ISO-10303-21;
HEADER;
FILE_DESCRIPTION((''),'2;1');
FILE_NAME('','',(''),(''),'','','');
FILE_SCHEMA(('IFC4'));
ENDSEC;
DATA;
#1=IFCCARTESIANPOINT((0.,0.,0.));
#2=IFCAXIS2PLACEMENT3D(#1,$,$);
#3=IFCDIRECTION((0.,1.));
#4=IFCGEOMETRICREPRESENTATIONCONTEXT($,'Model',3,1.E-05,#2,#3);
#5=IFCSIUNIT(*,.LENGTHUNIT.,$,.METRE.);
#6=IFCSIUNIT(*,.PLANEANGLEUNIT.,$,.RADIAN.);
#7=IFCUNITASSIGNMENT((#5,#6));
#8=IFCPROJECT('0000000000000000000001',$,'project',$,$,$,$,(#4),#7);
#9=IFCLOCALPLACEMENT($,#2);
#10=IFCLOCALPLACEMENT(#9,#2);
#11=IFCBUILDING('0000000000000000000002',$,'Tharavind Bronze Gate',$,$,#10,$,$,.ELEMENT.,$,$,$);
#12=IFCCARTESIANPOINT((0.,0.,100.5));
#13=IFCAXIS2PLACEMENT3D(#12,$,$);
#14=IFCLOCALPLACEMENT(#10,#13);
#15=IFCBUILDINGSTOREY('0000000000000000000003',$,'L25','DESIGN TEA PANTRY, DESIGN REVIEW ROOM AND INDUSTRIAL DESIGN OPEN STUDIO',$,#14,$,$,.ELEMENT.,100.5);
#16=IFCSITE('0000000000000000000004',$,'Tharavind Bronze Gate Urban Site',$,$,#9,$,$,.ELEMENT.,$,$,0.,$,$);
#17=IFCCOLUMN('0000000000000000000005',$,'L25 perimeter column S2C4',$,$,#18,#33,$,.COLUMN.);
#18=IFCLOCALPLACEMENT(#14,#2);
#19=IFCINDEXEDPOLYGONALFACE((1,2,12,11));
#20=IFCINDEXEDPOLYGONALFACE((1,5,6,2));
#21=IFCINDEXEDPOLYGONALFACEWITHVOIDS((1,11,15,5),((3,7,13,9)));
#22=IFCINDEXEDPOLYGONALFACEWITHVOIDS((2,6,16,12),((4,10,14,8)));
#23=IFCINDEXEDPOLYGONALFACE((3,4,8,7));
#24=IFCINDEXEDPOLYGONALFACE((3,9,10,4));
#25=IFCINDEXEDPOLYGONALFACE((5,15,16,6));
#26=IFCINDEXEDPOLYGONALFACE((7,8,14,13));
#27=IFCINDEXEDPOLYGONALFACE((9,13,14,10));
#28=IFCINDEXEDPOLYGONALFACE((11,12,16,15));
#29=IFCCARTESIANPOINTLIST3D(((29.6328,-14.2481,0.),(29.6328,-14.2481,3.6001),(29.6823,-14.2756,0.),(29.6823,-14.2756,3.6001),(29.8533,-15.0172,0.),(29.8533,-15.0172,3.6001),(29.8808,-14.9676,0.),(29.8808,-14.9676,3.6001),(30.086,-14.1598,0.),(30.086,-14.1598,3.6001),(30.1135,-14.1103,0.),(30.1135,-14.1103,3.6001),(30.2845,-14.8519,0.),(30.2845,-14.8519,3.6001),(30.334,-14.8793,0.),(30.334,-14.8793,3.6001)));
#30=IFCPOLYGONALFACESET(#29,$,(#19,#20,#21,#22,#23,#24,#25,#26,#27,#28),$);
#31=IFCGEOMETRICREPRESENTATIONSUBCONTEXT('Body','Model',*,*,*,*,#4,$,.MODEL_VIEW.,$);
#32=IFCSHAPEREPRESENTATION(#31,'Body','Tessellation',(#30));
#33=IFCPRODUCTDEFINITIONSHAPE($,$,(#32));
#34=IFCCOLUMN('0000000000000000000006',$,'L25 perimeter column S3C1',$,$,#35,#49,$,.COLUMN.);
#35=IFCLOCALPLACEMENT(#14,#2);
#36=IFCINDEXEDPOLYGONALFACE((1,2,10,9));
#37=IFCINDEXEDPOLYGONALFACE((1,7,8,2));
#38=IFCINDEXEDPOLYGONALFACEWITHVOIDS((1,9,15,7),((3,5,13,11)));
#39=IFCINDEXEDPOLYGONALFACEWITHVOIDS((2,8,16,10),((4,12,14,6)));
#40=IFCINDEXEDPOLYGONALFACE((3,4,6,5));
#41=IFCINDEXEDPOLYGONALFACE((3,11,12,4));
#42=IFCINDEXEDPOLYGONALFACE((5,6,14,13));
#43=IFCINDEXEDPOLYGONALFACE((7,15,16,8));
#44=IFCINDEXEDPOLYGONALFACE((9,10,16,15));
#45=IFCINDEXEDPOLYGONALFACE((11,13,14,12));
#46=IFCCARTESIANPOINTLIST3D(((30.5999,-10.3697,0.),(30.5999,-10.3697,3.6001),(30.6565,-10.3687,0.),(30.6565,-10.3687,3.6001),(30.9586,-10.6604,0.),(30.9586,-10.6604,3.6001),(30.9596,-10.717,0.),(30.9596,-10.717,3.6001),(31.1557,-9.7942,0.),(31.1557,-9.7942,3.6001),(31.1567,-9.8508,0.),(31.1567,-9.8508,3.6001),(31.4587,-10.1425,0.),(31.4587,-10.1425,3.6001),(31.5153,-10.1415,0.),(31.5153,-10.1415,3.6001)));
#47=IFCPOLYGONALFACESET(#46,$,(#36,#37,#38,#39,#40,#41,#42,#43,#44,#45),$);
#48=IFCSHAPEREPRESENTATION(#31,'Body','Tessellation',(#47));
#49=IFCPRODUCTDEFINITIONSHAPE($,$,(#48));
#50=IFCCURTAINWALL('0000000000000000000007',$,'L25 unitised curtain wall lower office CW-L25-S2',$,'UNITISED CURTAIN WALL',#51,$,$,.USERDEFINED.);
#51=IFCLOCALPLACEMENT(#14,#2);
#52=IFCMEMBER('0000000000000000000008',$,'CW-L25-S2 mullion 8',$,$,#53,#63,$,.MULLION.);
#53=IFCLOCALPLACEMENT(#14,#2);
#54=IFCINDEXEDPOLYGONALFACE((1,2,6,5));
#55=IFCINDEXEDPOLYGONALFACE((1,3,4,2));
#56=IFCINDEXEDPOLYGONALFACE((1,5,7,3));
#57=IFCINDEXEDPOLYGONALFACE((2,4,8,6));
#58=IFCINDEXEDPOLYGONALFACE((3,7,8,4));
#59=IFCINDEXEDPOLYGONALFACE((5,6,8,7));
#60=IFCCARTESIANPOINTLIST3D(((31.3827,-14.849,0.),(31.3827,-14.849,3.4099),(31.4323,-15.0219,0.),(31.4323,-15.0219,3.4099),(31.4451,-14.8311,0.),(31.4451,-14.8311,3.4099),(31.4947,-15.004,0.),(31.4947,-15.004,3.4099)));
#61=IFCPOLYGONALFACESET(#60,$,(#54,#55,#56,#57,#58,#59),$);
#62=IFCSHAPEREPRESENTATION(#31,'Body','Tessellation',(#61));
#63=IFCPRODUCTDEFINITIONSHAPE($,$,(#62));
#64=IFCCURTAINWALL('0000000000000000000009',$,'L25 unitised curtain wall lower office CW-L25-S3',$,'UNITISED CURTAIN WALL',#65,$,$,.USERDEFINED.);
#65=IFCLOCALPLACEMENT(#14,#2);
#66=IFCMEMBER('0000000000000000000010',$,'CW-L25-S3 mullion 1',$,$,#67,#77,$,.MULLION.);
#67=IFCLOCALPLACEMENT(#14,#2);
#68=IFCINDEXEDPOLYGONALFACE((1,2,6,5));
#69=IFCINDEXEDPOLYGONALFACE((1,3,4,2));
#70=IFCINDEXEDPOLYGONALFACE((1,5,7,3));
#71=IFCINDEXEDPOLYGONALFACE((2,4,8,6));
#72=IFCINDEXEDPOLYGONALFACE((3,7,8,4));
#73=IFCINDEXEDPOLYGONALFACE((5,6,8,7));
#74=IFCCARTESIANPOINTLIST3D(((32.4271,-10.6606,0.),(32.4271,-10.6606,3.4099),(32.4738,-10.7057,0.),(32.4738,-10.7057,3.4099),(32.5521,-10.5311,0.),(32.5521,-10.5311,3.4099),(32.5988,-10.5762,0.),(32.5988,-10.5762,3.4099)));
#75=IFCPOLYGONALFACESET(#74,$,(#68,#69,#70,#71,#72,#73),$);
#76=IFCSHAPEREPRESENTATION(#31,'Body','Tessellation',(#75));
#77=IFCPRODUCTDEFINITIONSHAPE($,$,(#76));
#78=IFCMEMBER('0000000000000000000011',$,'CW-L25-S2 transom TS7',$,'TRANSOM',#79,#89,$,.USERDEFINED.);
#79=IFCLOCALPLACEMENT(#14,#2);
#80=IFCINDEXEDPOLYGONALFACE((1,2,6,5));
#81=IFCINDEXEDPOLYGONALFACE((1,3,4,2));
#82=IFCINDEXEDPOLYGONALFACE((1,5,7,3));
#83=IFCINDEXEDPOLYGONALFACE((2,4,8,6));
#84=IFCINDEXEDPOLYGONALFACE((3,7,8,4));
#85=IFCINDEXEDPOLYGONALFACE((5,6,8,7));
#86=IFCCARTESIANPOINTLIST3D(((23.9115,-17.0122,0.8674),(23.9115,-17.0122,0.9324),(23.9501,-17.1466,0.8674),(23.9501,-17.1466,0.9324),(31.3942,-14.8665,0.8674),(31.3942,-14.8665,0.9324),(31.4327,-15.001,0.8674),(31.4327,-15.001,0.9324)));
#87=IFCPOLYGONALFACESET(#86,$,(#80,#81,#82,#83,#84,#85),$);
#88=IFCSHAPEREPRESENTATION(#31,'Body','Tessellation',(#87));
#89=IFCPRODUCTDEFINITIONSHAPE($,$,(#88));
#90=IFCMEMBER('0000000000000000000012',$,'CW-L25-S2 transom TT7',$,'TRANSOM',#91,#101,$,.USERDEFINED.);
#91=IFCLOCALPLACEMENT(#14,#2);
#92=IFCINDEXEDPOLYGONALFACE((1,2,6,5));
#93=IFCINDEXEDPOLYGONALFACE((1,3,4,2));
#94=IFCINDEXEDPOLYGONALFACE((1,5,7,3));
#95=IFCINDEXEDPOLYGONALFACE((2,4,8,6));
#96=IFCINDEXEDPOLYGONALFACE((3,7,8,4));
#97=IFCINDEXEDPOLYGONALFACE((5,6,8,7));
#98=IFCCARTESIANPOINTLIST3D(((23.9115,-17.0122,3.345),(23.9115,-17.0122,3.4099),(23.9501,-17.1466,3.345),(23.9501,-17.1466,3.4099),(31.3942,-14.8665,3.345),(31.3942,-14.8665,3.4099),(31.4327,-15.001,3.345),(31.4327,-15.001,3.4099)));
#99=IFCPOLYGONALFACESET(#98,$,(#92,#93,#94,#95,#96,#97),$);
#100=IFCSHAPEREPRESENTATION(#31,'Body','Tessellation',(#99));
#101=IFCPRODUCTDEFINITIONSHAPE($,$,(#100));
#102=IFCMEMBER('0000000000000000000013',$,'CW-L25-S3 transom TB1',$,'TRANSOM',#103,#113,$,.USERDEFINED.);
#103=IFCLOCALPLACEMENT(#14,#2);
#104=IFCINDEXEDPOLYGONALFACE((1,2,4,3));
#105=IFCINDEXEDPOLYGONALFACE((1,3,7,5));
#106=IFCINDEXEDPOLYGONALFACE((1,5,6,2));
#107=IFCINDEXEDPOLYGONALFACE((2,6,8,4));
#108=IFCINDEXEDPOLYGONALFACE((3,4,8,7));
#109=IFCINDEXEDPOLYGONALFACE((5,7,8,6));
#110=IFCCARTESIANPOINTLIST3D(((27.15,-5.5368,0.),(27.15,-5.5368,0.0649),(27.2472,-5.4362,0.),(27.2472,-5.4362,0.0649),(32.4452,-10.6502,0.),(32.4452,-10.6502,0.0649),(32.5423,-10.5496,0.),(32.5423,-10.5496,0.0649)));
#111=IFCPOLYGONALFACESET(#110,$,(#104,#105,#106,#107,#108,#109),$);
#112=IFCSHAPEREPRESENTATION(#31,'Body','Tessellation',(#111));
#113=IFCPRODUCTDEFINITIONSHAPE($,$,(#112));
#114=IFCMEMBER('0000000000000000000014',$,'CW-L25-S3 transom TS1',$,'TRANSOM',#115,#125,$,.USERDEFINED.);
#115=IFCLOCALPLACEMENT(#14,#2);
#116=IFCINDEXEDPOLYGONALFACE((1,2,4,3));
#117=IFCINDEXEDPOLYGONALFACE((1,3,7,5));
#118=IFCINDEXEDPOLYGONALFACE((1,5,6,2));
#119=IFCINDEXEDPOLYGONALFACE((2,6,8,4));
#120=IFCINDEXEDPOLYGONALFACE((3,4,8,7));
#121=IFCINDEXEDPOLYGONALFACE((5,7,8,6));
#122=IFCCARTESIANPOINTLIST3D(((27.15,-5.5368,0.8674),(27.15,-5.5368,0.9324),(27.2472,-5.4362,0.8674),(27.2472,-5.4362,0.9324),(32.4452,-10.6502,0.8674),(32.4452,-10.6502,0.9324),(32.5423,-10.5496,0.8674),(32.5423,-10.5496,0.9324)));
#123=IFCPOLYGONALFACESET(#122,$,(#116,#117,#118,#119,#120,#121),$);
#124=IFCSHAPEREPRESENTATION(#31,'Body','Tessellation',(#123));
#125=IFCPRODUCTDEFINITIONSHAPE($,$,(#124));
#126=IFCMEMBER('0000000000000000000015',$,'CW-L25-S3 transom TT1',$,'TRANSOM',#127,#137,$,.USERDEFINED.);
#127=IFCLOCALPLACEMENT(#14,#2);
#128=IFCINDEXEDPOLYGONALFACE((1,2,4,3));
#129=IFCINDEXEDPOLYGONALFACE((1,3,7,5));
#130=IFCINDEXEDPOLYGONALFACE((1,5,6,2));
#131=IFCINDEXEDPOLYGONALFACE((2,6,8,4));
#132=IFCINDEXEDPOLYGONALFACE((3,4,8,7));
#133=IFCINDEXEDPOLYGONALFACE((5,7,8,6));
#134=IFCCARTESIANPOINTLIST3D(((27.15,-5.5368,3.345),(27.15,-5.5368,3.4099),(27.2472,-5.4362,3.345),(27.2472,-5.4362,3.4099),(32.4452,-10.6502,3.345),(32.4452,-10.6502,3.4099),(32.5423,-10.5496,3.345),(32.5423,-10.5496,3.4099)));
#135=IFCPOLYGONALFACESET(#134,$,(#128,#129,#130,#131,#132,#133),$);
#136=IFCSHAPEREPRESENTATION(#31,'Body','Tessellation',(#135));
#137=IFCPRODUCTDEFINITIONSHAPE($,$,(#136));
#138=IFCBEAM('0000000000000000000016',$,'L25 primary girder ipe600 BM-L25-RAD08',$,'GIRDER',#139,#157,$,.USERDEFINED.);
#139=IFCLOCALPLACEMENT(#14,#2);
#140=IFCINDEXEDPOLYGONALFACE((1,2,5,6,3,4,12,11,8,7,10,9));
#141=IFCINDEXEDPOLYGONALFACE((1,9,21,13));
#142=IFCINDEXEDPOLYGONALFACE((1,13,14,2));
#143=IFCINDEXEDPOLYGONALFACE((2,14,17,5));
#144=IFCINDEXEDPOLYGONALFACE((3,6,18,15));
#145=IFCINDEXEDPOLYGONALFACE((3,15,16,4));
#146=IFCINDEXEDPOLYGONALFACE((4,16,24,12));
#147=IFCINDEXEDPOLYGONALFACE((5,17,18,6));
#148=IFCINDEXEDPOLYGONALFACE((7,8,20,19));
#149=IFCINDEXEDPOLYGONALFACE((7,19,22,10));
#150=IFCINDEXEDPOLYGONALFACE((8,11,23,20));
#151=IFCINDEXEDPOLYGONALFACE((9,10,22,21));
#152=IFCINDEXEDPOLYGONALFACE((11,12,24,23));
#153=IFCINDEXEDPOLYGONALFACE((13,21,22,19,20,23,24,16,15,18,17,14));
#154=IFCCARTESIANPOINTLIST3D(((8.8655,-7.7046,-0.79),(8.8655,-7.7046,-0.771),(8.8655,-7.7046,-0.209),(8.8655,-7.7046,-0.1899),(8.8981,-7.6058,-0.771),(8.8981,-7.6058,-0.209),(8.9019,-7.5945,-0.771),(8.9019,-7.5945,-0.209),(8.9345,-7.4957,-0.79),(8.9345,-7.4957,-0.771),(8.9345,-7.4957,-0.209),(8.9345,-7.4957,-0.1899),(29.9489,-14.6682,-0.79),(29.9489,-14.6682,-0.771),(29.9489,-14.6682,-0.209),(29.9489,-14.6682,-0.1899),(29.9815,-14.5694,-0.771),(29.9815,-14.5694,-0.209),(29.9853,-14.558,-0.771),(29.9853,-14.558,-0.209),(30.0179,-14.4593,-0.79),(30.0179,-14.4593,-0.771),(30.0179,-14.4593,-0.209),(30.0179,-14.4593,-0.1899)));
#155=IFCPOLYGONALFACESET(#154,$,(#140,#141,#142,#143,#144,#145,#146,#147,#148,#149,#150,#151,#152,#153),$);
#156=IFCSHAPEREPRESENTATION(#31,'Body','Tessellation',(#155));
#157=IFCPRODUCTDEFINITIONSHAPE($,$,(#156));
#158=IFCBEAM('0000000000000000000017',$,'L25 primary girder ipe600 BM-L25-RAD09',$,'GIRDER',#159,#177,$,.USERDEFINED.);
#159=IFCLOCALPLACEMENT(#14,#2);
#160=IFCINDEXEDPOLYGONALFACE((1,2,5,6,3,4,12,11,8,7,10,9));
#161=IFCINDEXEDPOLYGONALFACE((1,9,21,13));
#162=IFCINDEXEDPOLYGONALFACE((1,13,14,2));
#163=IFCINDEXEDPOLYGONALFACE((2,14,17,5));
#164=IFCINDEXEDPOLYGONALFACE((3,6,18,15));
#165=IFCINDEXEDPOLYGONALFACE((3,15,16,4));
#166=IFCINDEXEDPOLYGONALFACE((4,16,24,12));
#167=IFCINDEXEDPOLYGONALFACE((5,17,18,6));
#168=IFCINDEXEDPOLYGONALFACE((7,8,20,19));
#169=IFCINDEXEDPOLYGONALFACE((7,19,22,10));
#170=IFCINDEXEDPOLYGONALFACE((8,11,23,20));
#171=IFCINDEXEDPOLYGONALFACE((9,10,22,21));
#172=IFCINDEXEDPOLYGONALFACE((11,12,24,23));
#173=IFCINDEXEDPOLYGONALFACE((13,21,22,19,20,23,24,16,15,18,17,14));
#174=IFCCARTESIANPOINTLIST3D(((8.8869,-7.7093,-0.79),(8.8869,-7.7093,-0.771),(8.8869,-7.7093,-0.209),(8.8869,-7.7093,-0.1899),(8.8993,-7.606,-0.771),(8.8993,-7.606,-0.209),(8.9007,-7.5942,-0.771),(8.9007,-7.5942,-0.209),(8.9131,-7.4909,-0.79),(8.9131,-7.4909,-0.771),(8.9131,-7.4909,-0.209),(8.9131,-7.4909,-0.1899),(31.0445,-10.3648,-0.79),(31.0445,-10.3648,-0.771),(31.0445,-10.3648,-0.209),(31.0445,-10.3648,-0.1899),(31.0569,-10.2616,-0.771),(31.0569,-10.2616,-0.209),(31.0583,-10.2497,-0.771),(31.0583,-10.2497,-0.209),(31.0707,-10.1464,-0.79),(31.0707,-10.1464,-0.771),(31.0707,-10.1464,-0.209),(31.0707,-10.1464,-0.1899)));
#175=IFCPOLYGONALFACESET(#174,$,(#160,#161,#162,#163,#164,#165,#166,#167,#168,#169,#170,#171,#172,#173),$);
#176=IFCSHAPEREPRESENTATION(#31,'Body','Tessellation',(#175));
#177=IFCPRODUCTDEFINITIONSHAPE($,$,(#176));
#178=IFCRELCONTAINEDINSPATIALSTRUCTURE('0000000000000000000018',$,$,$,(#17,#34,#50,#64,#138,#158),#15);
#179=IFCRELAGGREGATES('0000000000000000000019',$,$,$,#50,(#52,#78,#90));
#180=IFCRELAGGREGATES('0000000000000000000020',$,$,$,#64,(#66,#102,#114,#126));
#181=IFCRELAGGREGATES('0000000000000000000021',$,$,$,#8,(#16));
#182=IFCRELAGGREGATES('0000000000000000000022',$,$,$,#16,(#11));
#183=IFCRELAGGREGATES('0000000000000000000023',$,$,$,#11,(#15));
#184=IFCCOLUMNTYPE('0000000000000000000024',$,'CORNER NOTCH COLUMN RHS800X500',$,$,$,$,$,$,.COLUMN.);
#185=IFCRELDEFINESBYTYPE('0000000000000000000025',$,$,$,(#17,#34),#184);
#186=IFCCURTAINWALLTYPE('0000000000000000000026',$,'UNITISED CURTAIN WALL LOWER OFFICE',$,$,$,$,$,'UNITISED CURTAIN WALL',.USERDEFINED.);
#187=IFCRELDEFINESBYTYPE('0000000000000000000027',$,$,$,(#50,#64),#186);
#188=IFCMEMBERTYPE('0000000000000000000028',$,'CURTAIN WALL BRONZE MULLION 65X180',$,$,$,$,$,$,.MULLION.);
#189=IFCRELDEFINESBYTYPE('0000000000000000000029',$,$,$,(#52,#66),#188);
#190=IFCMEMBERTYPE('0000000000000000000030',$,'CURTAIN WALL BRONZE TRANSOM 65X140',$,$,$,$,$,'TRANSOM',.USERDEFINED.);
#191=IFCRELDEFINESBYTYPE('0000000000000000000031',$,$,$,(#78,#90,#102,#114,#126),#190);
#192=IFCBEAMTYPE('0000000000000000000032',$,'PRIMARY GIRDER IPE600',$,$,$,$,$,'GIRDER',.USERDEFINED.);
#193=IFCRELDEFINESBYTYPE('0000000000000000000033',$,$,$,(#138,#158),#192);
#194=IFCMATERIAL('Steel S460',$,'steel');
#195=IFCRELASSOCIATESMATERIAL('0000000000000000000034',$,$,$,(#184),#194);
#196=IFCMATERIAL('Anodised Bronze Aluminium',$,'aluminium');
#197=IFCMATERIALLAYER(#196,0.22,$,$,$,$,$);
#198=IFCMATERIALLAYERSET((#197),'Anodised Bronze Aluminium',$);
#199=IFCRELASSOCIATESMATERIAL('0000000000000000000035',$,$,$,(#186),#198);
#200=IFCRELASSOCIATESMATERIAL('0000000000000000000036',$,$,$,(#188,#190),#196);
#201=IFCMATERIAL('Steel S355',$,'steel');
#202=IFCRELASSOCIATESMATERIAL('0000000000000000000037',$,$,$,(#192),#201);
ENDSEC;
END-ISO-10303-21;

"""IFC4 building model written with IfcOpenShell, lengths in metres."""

from ifc_helpers import new_model, si_unit, direction, frame, origin, origin_2d, place, context, subcontext, project, spatial, rectangle, hollow_rectangle, i_section, extrude, material, layer, layer_set, material_profile, profile_set, type_object, element, aggregate, save


model = new_model("IFC4")

# Units and contexts
model_context = context("Model", 3, precision=1e-05, world=origin(), true_north=direction((0.0, 1.0)))
body_context = subcontext(model_context, "Body", "Model", "MODEL_VIEW")
ifc_project = project(units=[si_unit("LENGTHUNIT", "METRE"), si_unit("PLANEANGLEUNIT", "RADIAN")], contexts=[model_context])

# Site, building, storey
site_placement = place(None, origin())
site = spatial("IfcSite", under=ifc_project, at=site_placement, Name="Tharavind Bronze Gate Urban Site", CompositionType="ELEMENT", RefElevation=0.0)
building_placement = place(site_placement, origin())
building = spatial("IfcBuilding", under=site, at=building_placement, Name="Tharavind Bronze Gate", CompositionType="ELEMENT")
storey_placement = place(building_placement, frame((0.0, 0.0, 100.5)))
storey = spatial("IfcBuildingStorey", under=building, at=storey_placement, Name="L25", Description="DESIGN TEA PANTRY, DESIGN REVIEW ROOM AND INDUSTRIAL DESIGN OPEN STUDIO", CompositionType="ELEMENT", Elevation=100.5)

# Columns
ifc_material_1 = material(Name="Steel S460", Category="steel")
ifc_material_profile_1 = material_profile(ifc_material_1, hollow_rectangle(XDim=0.5, YDim=0.8, WallThickness=0.04, at=origin_2d()), Name="RHS800X500X40")
ifc_profile_set_1 = profile_set([ifc_material_profile_1], Name="Steel S460")
column_type = type_object("IfcColumnType", Name="CORNER NOTCH COLUMN RHS800X500", PredefinedType="COLUMN", material=ifc_profile_set_1)
for number, where, z_axis, x_axis, name in (
    (1, (29.9834, -14.5637, 0.0), (0.0, 0.0, 1.0), (0.961262, 0.275637, 0.0), "L25 perimeter column S2C4"),
    (2, (31.0576, -10.2556, 0.0), (0.0, 0.0, 1.0), (-0.71934, 0.694658, 0.0), "L25 perimeter column S3C1"),
):
    element("IfcColumn", number, at=place(storey_placement, frame(where, z_axis=z_axis, x_axis=x_axis)), inside=storey, type_object=column_type, Name=name, PredefinedType="COLUMN", context=body_context, shape_type="SweptSolid", body=[
        extrude(hollow_rectangle(XDim=0.5, YDim=0.8, WallThickness=0.04, at=origin_2d()), origin(), (0.0, 0.0, 1.0), 3.6001),
    ])

# Curtain walls, members
ifc_material_2 = material(Name="Anodised Bronze Aluminium", Category="aluminium")
ifc_layer_1 = layer(ifc_material_2, 0.22)
ifc_layer_set_1 = layer_set([ifc_layer_1], Name="Anodised Bronze Aluminium")
curtain_wall_type = type_object("IfcCurtainWallType", Name="UNITISED CURTAIN WALL LOWER OFFICE", ElementType="UNITISED CURTAIN WALL", PredefinedType="USERDEFINED", material=ifc_layer_set_1)
curtain_wall_1_placement = place(storey_placement, origin())
curtain_wall_1 = element("IfcCurtainWall", 3, at=curtain_wall_1_placement, inside=storey, type_object=curtain_wall_type, Name="L25 unitised curtain wall lower office CW-L25-S2", ObjectType="UNITISED CURTAIN WALL", PredefinedType="USERDEFINED")
member_type_1 = type_object("IfcMemberType", Name="CURTAIN WALL BRONZE MULLION 65X180", PredefinedType="MULLION", material=ifc_material_2)
member_1_placement = place(storey_placement, frame((31.4387, -14.9265, 0.0), z_axis=(0.0, 0.0, 1.0), x_axis=(0.961262, 0.275637, 0.0)))
member_1 = element("IfcMember", 4, at=member_1_placement, type_object=member_type_1, Name="CW-L25-S2 mullion 8", PredefinedType="MULLION", context=body_context, shape_type="SweptSolid", body=[
    extrude(rectangle(XDim=0.0649, YDim=0.1799, at=origin_2d()), origin(), (0.0, 0.0, 1.0), 3.4099),
])
curtain_wall_2_placement = place(storey_placement, origin())
curtain_wall_2 = element("IfcCurtainWall", 5, at=curtain_wall_2_placement, inside=storey, type_object=curtain_wall_type, Name="L25 unitised curtain wall lower office CW-L25-S3", ObjectType="UNITISED CURTAIN WALL", PredefinedType="USERDEFINED")
member_2_placement = place(storey_placement, frame((32.5129, -10.6184, 0.0), z_axis=(0.0, 0.0, 1.0), x_axis=(-0.719341, 0.694657, 0.0)))
member_2 = element("IfcMember", 6, at=member_2_placement, type_object=member_type_1, Name="CW-L25-S3 mullion 1", PredefinedType="MULLION", context=body_context, shape_type="SweptSolid", body=[
    extrude(rectangle(XDim=0.0649, YDim=0.1799, at=origin_2d()), origin(), (0.0, 0.0, 1.0), 3.4099),
])

# Members
member_type_2 = type_object("IfcMemberType", Name="CURTAIN WALL BRONZE TRANSOM 65X140", ElementType="TRANSOM", PredefinedType="USERDEFINED", material=ifc_material_2)
member_3_placement = place(storey_placement, frame((27.6721, -16.0066, 0.8674), z_axis=(0.0, 0.0, 1.0), x_axis=(0.961262, 0.275637, 0.0)))
member_3 = element("IfcMember", 7, at=member_3_placement, type_object=member_type_2, Name="CW-L25-S2 transom TS7", ObjectType="TRANSOM", PredefinedType="USERDEFINED", context=body_context, shape_type="SweptSolid", body=[
    extrude(rectangle(XDim=7.7842, YDim=0.1399, at=origin_2d()), origin(), (0.0, 0.0, 1.0), 0.0649),
])
member_4_placement = place(storey_placement, frame((27.6721, -16.0066, 3.345), z_axis=(0.0, 0.0, 1.0), x_axis=(0.961262, 0.275637, 0.0)))
member_4 = element("IfcMember", 8, at=member_4_placement, type_object=member_type_2, Name="CW-L25-S2 transom TT7", ObjectType="TRANSOM", PredefinedType="USERDEFINED", context=body_context, shape_type="SweptSolid", body=[
    extrude(rectangle(XDim=7.7842, YDim=0.1399, at=origin_2d()), origin(), (0.0, 0.0, 1.0), 0.0649),
])
member_5_placement = place(storey_placement, frame((29.8462, -8.0432, 0.0), z_axis=(0.0, 0.0, 1.0), x_axis=(-0.719341, 0.694657, 0.0)))
member_5 = element("IfcMember", 9, at=member_5_placement, type_object=member_type_2, Name="CW-L25-S3 transom TB1", ObjectType="TRANSOM", PredefinedType="USERDEFINED", context=body_context, shape_type="SweptSolid", body=[
    extrude(rectangle(XDim=7.3611, YDim=0.1399, at=origin_2d()), origin(), (0.0, 0.0, 1.0), 0.0649),
])
member_6_placement = place(storey_placement, frame((29.8462, -8.0432, 0.8674), z_axis=(0.0, 0.0, 1.0), x_axis=(-0.719341, 0.694657, 0.0)))
member_6 = element("IfcMember", 10, at=member_6_placement, type_object=member_type_2, Name="CW-L25-S3 transom TS1", ObjectType="TRANSOM", PredefinedType="USERDEFINED", context=body_context, shape_type="SweptSolid", body=[
    extrude(rectangle(XDim=7.3611, YDim=0.1399, at=origin_2d()), origin(), (0.0, 0.0, 1.0), 0.0649),
])
member_7_placement = place(storey_placement, frame((29.8462, -8.0432, 3.345), z_axis=(0.0, 0.0, 1.0), x_axis=(-0.719341, 0.694657, 0.0)))
member_7 = element("IfcMember", 11, at=member_7_placement, type_object=member_type_2, Name="CW-L25-S3 transom TT1", ObjectType="TRANSOM", PredefinedType="USERDEFINED", context=body_context, shape_type="SweptSolid", body=[
    extrude(rectangle(XDim=7.3611, YDim=0.1399, at=origin_2d()), origin(), (0.0, 0.0, 1.0), 0.0649),
])

# Beams
ifc_material_3 = material(Name="Steel S355", Category="steel")
ifc_material_profile_2 = material_profile(ifc_material_3, i_section(OverallWidth=0.22, OverallDepth=0.6001, WebThickness=0.012, FlangeThickness=0.019, at=origin_2d()), Name="IPE600")
ifc_profile_set_2 = profile_set([ifc_material_profile_2], Name="Steel S355")
beam_type_1 = type_object("IfcBeamType", Name="PRIMARY GIRDER IPE600", ElementType="GIRDER", PredefinedType="USERDEFINED", material=ifc_profile_set_2)
beam_1_placement = place(storey_placement, frame((29.9834, -14.5637, -0.49), z_axis=(-0.949547, 0.313624, 0.0), x_axis=(-0.313624, -0.949547, 0.0)))
element("IfcBeam", 12, at=beam_1_placement, inside=storey, type_object=beam_type_1, Name="L25 primary girder ipe600 BM-L25-RAD08", ObjectType="GIRDER", PredefinedType="USERDEFINED", context=body_context, shape_type="SweptSolid", body=[
    extrude(i_section(OverallWidth=0.22, OverallDepth=0.6001, WebThickness=0.012, FlangeThickness=0.019, at=origin_2d()), origin(), (0.0, 0.0, 1.0), 22.2036),
])
beam_2_placement = place(storey_placement, frame((31.0576, -10.2556, -0.49), z_axis=(-0.992895, 0.118995, 0.0), x_axis=(-0.118995, -0.992895, 0.0)))
element("IfcBeam", 13, at=beam_2_placement, inside=storey, type_object=beam_type_1, Name="L25 primary girder ipe600 BM-L25-RAD09", ObjectType="GIRDER", PredefinedType="USERDEFINED", context=body_context, shape_type="SweptSolid", body=[
    extrude(i_section(OverallWidth=0.22, OverallDepth=0.6001, WebThickness=0.012, FlangeThickness=0.019, at=origin_2d()), origin(), (0.0, 0.0, 1.0), 22.3162),
])

aggregate(curtain_wall_1, [member_1, member_3, member_4])
aggregate(curtain_wall_2, [member_2, member_5, member_6, member_7])

save(model, "model.ifc")
